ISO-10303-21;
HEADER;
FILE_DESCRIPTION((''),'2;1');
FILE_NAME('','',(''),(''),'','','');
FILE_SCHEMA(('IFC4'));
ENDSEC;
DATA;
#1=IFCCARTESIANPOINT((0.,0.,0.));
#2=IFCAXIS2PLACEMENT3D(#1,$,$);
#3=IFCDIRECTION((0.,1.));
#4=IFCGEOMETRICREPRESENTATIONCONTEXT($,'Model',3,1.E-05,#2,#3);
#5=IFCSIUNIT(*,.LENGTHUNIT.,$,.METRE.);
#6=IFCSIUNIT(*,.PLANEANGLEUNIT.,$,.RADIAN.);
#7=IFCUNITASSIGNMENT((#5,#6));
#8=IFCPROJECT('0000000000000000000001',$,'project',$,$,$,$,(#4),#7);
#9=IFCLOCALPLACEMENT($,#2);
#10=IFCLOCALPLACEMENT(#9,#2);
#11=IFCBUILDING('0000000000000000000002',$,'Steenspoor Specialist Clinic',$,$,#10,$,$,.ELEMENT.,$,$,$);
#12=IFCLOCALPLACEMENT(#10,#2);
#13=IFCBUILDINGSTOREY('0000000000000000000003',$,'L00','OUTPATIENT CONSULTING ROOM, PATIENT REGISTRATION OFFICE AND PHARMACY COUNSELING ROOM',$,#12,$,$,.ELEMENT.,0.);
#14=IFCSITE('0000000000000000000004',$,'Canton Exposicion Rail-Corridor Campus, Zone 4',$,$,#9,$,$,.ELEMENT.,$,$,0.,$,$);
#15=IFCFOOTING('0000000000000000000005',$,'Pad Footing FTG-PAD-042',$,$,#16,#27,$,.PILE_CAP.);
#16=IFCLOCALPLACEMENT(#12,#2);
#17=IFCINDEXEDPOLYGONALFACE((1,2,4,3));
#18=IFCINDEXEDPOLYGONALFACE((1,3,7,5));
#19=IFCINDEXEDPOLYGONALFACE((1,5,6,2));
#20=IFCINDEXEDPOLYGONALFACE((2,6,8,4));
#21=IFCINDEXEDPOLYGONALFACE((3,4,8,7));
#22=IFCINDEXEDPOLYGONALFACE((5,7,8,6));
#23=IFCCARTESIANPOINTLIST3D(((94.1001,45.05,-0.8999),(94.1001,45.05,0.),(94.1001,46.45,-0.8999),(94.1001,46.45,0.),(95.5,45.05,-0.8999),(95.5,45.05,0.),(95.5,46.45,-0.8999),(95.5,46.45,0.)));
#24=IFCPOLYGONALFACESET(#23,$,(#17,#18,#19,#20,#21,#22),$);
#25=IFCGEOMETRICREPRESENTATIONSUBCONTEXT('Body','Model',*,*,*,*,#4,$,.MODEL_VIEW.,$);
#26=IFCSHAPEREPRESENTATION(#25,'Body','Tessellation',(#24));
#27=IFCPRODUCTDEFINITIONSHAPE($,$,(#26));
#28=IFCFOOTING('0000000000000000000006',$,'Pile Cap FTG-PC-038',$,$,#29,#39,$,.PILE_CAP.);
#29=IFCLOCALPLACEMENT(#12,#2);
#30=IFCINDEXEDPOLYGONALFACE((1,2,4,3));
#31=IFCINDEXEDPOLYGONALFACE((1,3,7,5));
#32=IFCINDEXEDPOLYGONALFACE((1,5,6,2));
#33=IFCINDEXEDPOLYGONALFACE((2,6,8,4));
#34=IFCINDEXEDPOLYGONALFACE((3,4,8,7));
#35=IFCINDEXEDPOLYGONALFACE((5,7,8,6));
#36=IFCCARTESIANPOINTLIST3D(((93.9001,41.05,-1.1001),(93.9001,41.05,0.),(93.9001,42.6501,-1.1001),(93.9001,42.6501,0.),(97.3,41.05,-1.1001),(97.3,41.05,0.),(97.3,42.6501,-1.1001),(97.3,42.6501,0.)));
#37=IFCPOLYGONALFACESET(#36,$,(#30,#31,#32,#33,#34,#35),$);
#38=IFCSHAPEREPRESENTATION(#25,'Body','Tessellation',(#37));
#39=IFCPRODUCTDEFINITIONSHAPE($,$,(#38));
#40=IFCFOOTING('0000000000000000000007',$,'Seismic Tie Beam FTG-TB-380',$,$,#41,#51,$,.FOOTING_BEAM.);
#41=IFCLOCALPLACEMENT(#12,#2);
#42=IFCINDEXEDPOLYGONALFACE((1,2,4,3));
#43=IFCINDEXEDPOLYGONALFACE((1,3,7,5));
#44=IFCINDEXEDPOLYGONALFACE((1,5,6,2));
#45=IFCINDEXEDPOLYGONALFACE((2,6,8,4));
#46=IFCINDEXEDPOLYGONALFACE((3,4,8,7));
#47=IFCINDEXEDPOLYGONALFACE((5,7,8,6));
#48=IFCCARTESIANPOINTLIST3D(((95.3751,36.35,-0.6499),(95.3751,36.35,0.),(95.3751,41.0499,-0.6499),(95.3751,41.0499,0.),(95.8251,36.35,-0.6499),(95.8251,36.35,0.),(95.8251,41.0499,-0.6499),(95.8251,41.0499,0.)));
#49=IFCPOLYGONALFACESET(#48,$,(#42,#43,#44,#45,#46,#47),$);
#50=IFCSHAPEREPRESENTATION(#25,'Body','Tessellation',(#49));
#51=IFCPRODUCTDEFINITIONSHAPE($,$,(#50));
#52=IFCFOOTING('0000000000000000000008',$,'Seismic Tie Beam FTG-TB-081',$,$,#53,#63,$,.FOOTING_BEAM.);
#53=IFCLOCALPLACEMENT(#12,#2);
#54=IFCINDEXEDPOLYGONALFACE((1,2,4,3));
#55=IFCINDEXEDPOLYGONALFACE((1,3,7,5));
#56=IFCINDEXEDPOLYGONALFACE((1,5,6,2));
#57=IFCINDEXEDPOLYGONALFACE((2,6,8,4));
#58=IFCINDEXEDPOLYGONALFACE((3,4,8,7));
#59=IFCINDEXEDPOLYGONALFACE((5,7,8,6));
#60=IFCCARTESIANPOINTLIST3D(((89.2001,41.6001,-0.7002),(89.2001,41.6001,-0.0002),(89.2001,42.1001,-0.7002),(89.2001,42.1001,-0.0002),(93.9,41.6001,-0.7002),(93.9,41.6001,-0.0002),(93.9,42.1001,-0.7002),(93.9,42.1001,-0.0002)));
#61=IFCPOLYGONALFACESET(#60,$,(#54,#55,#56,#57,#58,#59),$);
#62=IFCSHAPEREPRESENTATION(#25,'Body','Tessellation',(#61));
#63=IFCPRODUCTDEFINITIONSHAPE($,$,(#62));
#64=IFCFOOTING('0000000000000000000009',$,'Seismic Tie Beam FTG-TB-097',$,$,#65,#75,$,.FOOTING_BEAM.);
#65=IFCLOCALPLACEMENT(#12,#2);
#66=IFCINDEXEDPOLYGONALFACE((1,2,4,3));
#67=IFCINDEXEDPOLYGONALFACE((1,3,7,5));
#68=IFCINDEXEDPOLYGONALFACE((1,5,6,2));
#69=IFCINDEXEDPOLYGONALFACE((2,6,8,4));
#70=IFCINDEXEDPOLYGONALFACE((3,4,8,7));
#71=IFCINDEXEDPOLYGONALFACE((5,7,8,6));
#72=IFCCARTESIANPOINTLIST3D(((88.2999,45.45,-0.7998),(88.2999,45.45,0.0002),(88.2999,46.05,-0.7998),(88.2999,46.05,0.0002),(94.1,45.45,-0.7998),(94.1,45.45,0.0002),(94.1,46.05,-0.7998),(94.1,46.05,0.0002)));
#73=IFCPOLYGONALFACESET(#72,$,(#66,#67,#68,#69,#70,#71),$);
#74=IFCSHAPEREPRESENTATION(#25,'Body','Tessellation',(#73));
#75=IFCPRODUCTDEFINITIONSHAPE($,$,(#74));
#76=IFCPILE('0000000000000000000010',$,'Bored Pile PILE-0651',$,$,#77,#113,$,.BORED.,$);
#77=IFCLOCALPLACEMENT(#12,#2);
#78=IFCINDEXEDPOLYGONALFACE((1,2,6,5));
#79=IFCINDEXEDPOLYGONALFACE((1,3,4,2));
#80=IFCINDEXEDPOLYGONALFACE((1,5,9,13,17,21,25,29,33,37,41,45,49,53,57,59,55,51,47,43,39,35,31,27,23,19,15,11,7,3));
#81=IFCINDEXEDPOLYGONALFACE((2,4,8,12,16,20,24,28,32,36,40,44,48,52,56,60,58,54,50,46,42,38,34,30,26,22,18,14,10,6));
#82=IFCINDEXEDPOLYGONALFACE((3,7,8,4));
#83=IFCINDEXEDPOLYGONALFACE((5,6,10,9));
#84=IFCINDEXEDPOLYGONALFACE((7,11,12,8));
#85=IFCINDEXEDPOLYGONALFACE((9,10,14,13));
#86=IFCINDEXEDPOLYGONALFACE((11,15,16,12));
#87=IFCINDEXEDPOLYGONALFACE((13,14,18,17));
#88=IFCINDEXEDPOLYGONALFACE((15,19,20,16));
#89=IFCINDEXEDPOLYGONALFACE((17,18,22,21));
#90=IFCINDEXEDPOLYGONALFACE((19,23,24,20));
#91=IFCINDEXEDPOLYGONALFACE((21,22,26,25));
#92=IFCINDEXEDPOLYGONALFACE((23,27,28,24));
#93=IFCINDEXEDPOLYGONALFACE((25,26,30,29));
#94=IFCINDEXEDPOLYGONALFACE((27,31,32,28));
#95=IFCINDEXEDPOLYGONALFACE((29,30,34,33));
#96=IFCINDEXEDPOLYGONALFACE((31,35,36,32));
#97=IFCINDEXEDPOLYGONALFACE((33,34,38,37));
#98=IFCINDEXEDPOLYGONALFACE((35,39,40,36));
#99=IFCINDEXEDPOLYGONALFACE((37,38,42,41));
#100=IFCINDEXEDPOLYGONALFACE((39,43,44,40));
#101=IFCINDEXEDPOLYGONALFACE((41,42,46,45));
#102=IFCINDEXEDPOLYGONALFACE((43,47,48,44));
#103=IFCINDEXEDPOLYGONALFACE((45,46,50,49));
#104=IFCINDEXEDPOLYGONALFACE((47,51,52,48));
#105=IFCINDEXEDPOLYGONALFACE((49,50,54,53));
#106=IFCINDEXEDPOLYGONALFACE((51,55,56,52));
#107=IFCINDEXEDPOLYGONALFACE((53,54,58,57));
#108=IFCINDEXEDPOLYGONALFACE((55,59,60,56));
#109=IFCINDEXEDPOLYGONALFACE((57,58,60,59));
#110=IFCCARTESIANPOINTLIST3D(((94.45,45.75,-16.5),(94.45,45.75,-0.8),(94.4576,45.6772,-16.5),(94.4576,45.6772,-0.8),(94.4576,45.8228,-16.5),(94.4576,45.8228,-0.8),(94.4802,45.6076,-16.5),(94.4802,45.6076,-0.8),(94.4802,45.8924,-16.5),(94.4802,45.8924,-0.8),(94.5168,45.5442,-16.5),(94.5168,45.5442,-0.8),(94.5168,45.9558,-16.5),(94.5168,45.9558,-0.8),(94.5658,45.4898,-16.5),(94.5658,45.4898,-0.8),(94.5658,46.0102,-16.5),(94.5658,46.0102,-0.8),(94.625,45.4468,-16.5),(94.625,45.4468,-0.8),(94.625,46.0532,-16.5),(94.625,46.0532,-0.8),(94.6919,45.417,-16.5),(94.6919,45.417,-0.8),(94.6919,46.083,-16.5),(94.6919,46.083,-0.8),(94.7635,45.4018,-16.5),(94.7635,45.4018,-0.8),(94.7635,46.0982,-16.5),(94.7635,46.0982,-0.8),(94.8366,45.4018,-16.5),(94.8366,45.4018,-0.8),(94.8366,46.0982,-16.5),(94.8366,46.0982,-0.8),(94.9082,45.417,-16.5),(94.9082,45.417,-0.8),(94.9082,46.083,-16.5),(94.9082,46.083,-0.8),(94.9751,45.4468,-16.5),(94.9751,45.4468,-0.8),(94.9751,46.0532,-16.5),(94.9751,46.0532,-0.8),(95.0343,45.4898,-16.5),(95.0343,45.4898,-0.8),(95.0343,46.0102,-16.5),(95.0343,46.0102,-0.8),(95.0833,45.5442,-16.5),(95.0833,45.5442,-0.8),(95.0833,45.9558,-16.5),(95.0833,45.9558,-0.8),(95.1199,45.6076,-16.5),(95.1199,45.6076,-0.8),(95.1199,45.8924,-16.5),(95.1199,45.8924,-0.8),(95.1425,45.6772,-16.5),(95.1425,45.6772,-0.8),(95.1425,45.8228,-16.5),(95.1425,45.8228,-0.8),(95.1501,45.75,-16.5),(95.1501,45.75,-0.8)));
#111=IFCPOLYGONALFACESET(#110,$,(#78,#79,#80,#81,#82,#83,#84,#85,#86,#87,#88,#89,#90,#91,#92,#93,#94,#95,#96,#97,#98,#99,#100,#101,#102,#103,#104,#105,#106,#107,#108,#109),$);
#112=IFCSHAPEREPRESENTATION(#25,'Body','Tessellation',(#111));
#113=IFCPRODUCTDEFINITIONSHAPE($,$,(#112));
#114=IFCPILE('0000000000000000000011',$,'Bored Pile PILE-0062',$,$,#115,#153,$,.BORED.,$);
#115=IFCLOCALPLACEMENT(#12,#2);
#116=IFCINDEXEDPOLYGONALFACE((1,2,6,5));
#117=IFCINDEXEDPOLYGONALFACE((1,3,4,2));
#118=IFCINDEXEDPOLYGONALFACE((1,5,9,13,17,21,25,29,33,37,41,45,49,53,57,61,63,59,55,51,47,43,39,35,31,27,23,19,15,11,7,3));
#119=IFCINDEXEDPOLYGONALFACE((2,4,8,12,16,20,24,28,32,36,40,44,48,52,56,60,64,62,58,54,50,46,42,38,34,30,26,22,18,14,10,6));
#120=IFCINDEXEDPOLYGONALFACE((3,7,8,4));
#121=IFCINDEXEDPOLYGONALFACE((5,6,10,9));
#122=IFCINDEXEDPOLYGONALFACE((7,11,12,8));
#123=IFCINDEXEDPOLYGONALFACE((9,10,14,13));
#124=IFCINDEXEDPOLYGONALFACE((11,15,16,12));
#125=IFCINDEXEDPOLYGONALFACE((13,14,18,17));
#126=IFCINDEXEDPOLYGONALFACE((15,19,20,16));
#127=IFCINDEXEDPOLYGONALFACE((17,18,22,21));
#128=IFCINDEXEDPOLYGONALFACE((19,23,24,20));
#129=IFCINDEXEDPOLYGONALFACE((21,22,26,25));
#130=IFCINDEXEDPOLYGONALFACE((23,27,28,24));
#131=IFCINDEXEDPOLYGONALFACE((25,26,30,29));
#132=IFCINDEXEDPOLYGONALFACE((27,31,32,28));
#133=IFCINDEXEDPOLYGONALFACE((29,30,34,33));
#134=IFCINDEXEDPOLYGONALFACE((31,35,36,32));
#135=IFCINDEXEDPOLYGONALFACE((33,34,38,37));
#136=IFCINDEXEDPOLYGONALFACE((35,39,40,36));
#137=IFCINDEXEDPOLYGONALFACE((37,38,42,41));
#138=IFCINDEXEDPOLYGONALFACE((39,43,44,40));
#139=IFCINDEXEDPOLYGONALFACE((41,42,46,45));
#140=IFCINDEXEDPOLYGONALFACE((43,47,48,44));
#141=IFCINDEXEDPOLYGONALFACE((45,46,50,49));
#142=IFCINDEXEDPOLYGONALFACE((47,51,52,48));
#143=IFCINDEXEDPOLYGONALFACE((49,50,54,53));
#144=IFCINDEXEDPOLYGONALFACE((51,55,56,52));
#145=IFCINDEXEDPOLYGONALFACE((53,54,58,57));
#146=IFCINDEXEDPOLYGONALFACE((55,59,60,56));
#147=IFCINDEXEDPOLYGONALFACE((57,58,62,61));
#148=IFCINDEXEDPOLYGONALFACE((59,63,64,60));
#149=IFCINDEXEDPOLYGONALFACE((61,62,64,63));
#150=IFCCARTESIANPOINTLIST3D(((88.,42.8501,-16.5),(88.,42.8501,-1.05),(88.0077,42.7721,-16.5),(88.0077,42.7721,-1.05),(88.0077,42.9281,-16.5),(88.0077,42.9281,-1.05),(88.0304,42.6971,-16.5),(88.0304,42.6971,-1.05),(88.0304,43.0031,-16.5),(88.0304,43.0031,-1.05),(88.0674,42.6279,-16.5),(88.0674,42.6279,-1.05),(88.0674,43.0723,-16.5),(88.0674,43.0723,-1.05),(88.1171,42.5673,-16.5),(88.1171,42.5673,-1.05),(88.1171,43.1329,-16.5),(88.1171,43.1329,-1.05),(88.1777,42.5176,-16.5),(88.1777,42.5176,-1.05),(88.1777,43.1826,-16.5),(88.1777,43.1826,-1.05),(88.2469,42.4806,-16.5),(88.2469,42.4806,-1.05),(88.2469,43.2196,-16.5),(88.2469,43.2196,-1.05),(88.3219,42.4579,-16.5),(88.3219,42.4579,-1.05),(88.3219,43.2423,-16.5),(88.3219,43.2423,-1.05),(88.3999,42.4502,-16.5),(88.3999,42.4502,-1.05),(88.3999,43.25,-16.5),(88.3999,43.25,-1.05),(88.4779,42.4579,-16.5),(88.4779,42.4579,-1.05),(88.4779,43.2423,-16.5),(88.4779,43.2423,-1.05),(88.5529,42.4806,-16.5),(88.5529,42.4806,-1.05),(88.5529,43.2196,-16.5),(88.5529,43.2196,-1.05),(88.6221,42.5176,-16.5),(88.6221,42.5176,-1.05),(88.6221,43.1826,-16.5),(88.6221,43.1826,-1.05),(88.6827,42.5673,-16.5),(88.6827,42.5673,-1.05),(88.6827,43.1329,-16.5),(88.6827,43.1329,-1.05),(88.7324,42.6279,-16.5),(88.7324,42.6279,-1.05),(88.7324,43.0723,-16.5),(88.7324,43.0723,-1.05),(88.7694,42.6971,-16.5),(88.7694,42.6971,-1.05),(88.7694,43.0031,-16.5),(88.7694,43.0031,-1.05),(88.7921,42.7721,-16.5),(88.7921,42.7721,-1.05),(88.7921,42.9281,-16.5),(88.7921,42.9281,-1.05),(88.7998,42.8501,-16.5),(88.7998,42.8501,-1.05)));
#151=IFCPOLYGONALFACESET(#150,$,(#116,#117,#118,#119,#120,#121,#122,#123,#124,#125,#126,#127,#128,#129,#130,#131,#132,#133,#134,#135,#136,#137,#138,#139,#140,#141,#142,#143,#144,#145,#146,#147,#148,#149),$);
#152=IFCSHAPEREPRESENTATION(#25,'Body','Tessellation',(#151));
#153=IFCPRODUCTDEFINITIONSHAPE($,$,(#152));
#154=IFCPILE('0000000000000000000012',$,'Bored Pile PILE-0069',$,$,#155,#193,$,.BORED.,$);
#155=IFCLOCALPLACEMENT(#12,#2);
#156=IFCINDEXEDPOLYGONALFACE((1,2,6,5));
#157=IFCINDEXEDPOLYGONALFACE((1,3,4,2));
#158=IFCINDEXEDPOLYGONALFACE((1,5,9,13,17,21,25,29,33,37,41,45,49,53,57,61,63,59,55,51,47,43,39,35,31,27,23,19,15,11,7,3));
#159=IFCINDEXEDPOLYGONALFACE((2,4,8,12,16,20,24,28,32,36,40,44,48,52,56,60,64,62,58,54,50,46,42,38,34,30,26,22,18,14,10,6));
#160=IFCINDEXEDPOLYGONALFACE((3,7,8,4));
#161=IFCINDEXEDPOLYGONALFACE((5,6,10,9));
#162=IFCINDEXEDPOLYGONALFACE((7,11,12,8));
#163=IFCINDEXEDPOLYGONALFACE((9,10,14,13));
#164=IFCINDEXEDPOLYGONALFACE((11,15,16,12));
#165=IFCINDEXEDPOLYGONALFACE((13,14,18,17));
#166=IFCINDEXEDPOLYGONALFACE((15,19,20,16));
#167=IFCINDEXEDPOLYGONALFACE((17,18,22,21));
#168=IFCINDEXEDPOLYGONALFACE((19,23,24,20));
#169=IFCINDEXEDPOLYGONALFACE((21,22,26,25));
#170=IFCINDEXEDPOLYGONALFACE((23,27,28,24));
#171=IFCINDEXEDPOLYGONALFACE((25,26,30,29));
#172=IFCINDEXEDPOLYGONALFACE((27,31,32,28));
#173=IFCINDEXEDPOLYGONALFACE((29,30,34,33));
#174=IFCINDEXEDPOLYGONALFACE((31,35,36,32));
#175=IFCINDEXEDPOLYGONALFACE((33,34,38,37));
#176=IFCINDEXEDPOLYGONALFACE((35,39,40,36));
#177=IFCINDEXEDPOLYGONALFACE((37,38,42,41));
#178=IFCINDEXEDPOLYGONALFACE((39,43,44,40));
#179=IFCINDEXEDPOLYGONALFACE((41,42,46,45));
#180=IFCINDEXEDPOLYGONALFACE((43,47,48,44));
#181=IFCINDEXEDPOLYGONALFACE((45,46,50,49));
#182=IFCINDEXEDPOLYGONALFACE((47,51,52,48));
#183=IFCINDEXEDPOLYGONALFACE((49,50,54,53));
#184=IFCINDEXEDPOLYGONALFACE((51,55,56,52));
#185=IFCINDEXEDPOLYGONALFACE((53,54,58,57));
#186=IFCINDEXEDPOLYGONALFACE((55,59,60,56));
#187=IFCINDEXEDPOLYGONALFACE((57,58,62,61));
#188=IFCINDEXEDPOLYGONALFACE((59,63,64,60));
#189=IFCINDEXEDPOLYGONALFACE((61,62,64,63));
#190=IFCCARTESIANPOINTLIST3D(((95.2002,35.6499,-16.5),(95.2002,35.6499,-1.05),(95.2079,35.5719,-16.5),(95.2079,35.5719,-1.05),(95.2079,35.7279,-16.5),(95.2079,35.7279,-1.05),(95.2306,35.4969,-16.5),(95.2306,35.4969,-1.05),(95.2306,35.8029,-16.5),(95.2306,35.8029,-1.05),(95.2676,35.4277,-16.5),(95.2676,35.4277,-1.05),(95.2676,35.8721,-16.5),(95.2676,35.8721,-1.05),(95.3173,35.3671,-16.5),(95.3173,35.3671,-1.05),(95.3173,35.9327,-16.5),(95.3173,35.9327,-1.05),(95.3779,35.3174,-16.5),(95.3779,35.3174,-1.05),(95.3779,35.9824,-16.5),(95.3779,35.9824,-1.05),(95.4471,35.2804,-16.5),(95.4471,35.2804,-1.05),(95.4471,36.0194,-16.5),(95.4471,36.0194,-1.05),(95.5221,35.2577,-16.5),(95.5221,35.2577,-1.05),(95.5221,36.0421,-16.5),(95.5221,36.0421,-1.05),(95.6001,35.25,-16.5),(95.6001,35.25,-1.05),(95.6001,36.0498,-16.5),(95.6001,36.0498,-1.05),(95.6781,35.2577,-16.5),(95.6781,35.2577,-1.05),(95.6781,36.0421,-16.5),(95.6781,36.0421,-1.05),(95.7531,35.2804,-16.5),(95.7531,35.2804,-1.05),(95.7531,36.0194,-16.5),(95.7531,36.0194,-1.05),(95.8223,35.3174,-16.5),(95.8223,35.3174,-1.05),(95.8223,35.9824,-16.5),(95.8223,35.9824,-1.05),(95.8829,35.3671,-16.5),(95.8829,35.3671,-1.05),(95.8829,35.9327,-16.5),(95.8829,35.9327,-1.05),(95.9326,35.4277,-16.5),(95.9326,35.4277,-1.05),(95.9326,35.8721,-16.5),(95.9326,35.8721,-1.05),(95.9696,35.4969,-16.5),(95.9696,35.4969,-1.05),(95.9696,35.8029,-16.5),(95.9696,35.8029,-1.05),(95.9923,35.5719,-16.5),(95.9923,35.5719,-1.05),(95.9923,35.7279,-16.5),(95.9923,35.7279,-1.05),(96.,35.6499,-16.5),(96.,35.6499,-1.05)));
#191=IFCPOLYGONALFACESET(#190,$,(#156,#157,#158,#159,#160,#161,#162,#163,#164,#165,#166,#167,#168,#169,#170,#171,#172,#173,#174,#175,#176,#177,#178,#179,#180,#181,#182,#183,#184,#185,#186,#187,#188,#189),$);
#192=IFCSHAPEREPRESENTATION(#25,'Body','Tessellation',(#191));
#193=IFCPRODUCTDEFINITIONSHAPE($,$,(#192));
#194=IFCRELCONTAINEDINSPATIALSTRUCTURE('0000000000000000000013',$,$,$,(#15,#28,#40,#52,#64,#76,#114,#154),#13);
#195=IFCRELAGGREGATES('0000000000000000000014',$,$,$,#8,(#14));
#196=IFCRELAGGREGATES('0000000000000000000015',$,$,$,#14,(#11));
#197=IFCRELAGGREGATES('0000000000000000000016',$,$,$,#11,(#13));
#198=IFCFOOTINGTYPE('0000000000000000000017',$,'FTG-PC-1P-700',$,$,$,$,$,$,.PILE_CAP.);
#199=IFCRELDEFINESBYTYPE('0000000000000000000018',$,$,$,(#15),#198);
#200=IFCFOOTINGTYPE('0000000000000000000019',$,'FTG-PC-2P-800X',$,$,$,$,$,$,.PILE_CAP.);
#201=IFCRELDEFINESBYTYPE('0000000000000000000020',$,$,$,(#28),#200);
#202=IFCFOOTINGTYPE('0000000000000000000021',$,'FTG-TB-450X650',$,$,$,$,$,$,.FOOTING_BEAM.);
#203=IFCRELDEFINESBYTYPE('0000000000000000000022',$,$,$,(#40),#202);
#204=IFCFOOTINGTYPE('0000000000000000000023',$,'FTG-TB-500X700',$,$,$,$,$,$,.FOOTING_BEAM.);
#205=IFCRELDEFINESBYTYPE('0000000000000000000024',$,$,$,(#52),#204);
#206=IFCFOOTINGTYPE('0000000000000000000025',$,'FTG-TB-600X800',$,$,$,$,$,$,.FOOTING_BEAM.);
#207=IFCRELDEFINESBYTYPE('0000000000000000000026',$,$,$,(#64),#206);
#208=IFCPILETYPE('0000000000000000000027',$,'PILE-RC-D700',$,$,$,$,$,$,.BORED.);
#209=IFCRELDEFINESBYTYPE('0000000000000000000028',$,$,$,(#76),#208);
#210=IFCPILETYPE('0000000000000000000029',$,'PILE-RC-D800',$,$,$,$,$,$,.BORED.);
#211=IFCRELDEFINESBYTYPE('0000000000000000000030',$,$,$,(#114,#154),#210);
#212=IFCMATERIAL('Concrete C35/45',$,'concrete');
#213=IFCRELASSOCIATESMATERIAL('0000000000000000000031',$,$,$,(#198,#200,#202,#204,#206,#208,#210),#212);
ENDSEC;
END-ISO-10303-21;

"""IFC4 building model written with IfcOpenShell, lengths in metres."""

from ifc_helpers import new_model, si_unit, direction, frame, origin, origin_2d, place, context, subcontext, project, spatial, rectangle, circle, extrude, material, material_profile, profile_set, type_object, element, save


model = new_model("IFC4")

# Units and contexts
model_context = context("Model", 3, precision=1e-05, world=origin(), true_north=direction((0.0, 1.0)))
body_context = subcontext(model_context, "Body", "Model", "MODEL_VIEW")
ifc_project = project(units=[si_unit("LENGTHUNIT", "METRE"), si_unit("PLANEANGLEUNIT", "RADIAN")], contexts=[model_context])

# Site, building, storey
site_placement = place(None, origin())
site = spatial("IfcSite", under=ifc_project, at=site_placement, Name="Canton Exposicion Rail-Corridor Campus, Zone 4", CompositionType="ELEMENT", RefElevation=0.0)
building_placement = place(site_placement, origin())
building = spatial("IfcBuilding", under=site, at=building_placement, Name="Steenspoor Specialist Clinic", CompositionType="ELEMENT")
storey_placement = place(building_placement, origin())
storey = spatial("IfcBuildingStorey", under=building, at=storey_placement, Name="L00", Description="OUTPATIENT CONSULTING ROOM, PATIENT REGISTRATION OFFICE AND PHARMACY COUNSELING ROOM", CompositionType="ELEMENT", Elevation=0.0)

# Footings
ifc_material_1 = material(Name="Concrete C35/45", Category="concrete")
footing_type_1 = type_object("IfcFootingType", Name="FTG-PC-1P-700", PredefinedType="PILE_CAP", material=ifc_material_1)
footing_1_placement = place(storey_placement, frame((94.8, 45.75, -0.8999), z_axis=(0.0, 0.0, 1.0), x_axis=(1.0, 0.0, 0.0)))
element("IfcFooting", 1, at=footing_1_placement, inside=storey, type_object=footing_type_1, Name="Pad Footing FTG-PAD-042", PredefinedType="PILE_CAP", context=body_context, shape_type="SweptSolid", body=[
    extrude(rectangle(XDim=1.3999, YDim=1.3999, at=origin_2d()), origin(), (0.0, 0.0, 1.0), 0.8999),
])
footing_type_2 = type_object("IfcFootingType", Name="FTG-PC-2P-800X", PredefinedType="PILE_CAP", material=ifc_material_1)
footing_2_placement = place(storey_placement, frame((95.6001, 41.8501, -1.1001), z_axis=(0.0, 0.0, 1.0), x_axis=(1.0, 0.0, 0.0)))
element("IfcFooting", 2, at=footing_2_placement, inside=storey, type_object=footing_type_2, Name="Pile Cap FTG-PC-038", PredefinedType="PILE_CAP", context=body_context, shape_type="SweptSolid", body=[
    extrude(rectangle(XDim=3.3999, YDim=1.6001, at=origin_2d()), origin(), (0.0, 0.0, 1.0), 1.1001),
])
footing_type_3 = type_object("IfcFootingType", Name="FTG-TB-450X650", PredefinedType="FOOTING_BEAM", material=ifc_material_1)
footing_3_placement = place(storey_placement, frame((95.6001, 38.7, -0.6499), z_axis=(0.0, 0.0, 1.0), x_axis=(1.0, 0.0, 0.0)))
element("IfcFooting", 3, at=footing_3_placement, inside=storey, type_object=footing_type_3, Name="Seismic Tie Beam FTG-TB-380", PredefinedType="FOOTING_BEAM", context=body_context, shape_type="SweptSolid", body=[
    extrude(rectangle(XDim=0.45, YDim=4.7, at=origin_2d()), origin(), (0.0, 0.0, 1.0), 0.6499),
])
footing_type_4 = type_object("IfcFootingType", Name="FTG-TB-500X700", PredefinedType="FOOTING_BEAM", material=ifc_material_1)
footing_4_placement = place(storey_placement, frame((91.55, 41.8501, -0.7002), z_axis=(0.0, 0.0, 1.0), x_axis=(1.0, 0.0, 0.0)))
element("IfcFooting", 4, at=footing_4_placement, inside=storey, type_object=footing_type_4, Name="Seismic Tie Beam FTG-TB-081", PredefinedType="FOOTING_BEAM", context=body_context, shape_type="SweptSolid", body=[
    extrude(rectangle(XDim=4.7, YDim=0.5, at=origin_2d()), origin(), (0.0, 0.0, 1.0), 0.7),
])
footing_type_5 = type_object("IfcFootingType", Name="FTG-TB-600X800", PredefinedType="FOOTING_BEAM", material=ifc_material_1)
footing_5_placement = place(storey_placement, frame((91.2, 45.75, -0.7998), z_axis=(0.0, 0.0, 1.0), x_axis=(1.0, 0.0, 0.0)))
element("IfcFooting", 5, at=footing_5_placement, inside=storey, type_object=footing_type_5, Name="Seismic Tie Beam FTG-TB-097", PredefinedType="FOOTING_BEAM", context=body_context, shape_type="SweptSolid", body=[
    extrude(rectangle(XDim=5.8, YDim=0.6001, at=origin_2d()), origin(), (0.0, 0.0, 1.0), 0.8),
])

# Piles
ifc_material_profile_1 = material_profile(ifc_material_1, circle(Radius=0.3501, at=origin_2d()), Name="PILE-D700")
ifc_profile_set_1 = profile_set([ifc_material_profile_1], Name="Concrete C35/45")
pile_type_1 = type_object("IfcPileType", Name="PILE-RC-D700", PredefinedType="BORED", material=ifc_profile_set_1)
pile_1_placement = place(storey_placement, frame((94.8, 45.75, -0.8), z_axis=(0.0, 0.0, -1.0), x_axis=(1.0, 0.0, 0.0)))
element("IfcPile", 6, at=pile_1_placement, inside=storey, type_object=pile_type_1, Name="Bored Pile PILE-0651", PredefinedType="BORED", context=body_context, shape_type="SweptSolid", body=[
    extrude(circle(Radius=0.3501, at=origin_2d()), origin(), (0.0, 0.0, 1.0), 15.7),
])
ifc_material_profile_2 = material_profile(ifc_material_1, circle(Radius=0.3999, at=origin_2d()), Name="PILE-D800")
ifc_profile_set_2 = profile_set([ifc_material_profile_2], Name="Concrete C35/45")
pile_type_2 = type_object("IfcPileType", Name="PILE-RC-D800", PredefinedType="BORED", material=ifc_profile_set_2)
for number, where, z_axis, x_axis, name in (
    (7, (88.3999, 42.8501, -1.05), (0.0, 0.0, -1.0), (1.0, 0.0, 0.0), "Bored Pile PILE-0062"),
    (8, (95.6001, 35.6499, -1.05), (0.0, 0.0, -1.0), (1.0, 0.0, 0.0), "Bored Pile PILE-0069"),
):
    element("IfcPile", number, at=place(storey_placement, frame(where, z_axis=z_axis, x_axis=x_axis)), inside=storey, type_object=pile_type_2, Name=name, PredefinedType="BORED", context=body_context, shape_type="SweptSolid", body=[
        extrude(circle(Radius=0.3999, at=origin_2d()), origin(), (0.0, 0.0, 1.0), 15.45),
    ])

save(model, "model.ifc")
